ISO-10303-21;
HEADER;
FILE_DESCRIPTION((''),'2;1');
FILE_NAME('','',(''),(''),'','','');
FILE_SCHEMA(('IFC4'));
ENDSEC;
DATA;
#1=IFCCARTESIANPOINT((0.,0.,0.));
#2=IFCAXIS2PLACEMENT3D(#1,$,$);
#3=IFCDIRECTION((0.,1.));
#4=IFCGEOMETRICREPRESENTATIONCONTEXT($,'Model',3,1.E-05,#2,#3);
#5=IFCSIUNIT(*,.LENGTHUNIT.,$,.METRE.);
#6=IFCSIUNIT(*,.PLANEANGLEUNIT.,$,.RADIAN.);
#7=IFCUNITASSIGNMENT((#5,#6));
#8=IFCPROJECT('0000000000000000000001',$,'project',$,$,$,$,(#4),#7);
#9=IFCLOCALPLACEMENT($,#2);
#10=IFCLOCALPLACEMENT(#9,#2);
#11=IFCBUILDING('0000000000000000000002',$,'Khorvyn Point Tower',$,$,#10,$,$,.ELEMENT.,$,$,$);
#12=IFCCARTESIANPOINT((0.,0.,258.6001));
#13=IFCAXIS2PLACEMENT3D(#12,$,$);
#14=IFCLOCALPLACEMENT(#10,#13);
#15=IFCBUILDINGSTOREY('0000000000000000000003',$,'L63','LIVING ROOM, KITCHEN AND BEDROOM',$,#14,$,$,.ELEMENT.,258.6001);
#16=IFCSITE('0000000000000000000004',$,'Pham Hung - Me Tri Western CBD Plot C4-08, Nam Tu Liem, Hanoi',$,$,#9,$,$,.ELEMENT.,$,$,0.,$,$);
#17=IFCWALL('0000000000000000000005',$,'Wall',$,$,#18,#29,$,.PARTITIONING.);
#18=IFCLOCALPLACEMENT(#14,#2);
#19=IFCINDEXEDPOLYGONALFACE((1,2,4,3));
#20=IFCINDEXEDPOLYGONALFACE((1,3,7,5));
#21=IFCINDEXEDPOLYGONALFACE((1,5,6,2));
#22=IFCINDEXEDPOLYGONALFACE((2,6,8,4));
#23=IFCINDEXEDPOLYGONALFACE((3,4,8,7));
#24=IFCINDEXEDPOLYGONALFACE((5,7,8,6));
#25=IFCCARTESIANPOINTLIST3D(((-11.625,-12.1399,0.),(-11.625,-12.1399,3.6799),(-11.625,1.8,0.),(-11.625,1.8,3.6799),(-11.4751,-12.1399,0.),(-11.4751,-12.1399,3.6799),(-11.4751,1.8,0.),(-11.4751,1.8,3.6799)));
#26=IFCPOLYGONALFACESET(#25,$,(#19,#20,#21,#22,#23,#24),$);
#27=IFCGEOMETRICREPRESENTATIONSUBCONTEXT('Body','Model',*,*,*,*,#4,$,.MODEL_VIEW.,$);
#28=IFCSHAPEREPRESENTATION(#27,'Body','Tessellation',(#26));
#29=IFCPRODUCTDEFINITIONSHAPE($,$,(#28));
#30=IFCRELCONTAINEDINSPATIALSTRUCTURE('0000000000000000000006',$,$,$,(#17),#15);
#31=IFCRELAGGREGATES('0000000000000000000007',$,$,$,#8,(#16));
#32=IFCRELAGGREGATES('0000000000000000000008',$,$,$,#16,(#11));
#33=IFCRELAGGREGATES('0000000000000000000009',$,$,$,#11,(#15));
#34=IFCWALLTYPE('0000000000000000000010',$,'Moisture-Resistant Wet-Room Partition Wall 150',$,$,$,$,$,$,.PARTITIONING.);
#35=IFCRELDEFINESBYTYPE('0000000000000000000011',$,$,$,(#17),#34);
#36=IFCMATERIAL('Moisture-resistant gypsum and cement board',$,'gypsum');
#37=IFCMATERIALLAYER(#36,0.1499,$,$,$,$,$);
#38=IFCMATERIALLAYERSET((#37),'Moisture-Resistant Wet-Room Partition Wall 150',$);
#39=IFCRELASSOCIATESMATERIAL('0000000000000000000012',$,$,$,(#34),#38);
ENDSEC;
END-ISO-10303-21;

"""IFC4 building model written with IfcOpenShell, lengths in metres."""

from ifc_helpers import new_model, si_unit, direction, frame, frame_2d, origin, place, context, subcontext, project, spatial, rectangle, extrude, material, layer, layer_set, type_object, element, save


model = new_model("IFC4")

# Units and contexts
model_context = context("Model", 3, precision=1e-05, world=origin(), true_north=direction((0.0, 1.0)))
body_context = subcontext(model_context, "Body", "Model", "MODEL_VIEW")
ifc_project = project(units=[si_unit("LENGTHUNIT", "METRE"), si_unit("PLANEANGLEUNIT", "RADIAN")], contexts=[model_context])

# Site, building, storey
site_placement = place(None, origin())
site = spatial("IfcSite", under=ifc_project, at=site_placement, Name="Pham Hung - Me Tri Western CBD Plot C4-08, Nam Tu Liem, Hanoi", CompositionType="ELEMENT", RefElevation=0.0)
building_placement = place(site_placement, origin())
building = spatial("IfcBuilding", under=site, at=building_placement, Name="Khorvyn Point Tower", CompositionType="ELEMENT")
storey_placement = place(building_placement, frame((0.0, 0.0, 258.6001)))
storey = spatial("IfcBuildingStorey", under=building, at=storey_placement, Name="L63", Description="LIVING ROOM, KITCHEN AND BEDROOM", CompositionType="ELEMENT", Elevation=258.6001)

# Shared definitions
ifc_material_1 = material(Name="Moisture-resistant gypsum and cement board", Category="gypsum")
ifc_layer_1 = layer(ifc_material_1, 0.1499)
ifc_layer_set_1 = layer_set([ifc_layer_1], Name="Moisture-Resistant Wet-Room Partition Wall 150")
wall_type_1 = type_object("IfcWallType", Name="Moisture-Resistant Wet-Room Partition Wall 150", PredefinedType="PARTITIONING", material=ifc_layer_set_1)

# Wall
wall_1_placement = place(storey_placement, frame((-11.55, -12.1399, 0.0), z_axis=(0.0, 0.0, 1.0), x_axis=(0.0, 1.0, 0.0)))
element("IfcWall", 1, at=wall_1_placement, inside=storey, type_object=wall_type_1, Name="Wall", PredefinedType="PARTITIONING", context=body_context, shape_type="SweptSolid", body=[
    extrude(rectangle(XDim=13.9399, YDim=0.1499, at=frame_2d((6.97, 0.0))), origin(), (0.0, 0.0, 1.0), 3.6799),
])

save(model, "model.ifc")
